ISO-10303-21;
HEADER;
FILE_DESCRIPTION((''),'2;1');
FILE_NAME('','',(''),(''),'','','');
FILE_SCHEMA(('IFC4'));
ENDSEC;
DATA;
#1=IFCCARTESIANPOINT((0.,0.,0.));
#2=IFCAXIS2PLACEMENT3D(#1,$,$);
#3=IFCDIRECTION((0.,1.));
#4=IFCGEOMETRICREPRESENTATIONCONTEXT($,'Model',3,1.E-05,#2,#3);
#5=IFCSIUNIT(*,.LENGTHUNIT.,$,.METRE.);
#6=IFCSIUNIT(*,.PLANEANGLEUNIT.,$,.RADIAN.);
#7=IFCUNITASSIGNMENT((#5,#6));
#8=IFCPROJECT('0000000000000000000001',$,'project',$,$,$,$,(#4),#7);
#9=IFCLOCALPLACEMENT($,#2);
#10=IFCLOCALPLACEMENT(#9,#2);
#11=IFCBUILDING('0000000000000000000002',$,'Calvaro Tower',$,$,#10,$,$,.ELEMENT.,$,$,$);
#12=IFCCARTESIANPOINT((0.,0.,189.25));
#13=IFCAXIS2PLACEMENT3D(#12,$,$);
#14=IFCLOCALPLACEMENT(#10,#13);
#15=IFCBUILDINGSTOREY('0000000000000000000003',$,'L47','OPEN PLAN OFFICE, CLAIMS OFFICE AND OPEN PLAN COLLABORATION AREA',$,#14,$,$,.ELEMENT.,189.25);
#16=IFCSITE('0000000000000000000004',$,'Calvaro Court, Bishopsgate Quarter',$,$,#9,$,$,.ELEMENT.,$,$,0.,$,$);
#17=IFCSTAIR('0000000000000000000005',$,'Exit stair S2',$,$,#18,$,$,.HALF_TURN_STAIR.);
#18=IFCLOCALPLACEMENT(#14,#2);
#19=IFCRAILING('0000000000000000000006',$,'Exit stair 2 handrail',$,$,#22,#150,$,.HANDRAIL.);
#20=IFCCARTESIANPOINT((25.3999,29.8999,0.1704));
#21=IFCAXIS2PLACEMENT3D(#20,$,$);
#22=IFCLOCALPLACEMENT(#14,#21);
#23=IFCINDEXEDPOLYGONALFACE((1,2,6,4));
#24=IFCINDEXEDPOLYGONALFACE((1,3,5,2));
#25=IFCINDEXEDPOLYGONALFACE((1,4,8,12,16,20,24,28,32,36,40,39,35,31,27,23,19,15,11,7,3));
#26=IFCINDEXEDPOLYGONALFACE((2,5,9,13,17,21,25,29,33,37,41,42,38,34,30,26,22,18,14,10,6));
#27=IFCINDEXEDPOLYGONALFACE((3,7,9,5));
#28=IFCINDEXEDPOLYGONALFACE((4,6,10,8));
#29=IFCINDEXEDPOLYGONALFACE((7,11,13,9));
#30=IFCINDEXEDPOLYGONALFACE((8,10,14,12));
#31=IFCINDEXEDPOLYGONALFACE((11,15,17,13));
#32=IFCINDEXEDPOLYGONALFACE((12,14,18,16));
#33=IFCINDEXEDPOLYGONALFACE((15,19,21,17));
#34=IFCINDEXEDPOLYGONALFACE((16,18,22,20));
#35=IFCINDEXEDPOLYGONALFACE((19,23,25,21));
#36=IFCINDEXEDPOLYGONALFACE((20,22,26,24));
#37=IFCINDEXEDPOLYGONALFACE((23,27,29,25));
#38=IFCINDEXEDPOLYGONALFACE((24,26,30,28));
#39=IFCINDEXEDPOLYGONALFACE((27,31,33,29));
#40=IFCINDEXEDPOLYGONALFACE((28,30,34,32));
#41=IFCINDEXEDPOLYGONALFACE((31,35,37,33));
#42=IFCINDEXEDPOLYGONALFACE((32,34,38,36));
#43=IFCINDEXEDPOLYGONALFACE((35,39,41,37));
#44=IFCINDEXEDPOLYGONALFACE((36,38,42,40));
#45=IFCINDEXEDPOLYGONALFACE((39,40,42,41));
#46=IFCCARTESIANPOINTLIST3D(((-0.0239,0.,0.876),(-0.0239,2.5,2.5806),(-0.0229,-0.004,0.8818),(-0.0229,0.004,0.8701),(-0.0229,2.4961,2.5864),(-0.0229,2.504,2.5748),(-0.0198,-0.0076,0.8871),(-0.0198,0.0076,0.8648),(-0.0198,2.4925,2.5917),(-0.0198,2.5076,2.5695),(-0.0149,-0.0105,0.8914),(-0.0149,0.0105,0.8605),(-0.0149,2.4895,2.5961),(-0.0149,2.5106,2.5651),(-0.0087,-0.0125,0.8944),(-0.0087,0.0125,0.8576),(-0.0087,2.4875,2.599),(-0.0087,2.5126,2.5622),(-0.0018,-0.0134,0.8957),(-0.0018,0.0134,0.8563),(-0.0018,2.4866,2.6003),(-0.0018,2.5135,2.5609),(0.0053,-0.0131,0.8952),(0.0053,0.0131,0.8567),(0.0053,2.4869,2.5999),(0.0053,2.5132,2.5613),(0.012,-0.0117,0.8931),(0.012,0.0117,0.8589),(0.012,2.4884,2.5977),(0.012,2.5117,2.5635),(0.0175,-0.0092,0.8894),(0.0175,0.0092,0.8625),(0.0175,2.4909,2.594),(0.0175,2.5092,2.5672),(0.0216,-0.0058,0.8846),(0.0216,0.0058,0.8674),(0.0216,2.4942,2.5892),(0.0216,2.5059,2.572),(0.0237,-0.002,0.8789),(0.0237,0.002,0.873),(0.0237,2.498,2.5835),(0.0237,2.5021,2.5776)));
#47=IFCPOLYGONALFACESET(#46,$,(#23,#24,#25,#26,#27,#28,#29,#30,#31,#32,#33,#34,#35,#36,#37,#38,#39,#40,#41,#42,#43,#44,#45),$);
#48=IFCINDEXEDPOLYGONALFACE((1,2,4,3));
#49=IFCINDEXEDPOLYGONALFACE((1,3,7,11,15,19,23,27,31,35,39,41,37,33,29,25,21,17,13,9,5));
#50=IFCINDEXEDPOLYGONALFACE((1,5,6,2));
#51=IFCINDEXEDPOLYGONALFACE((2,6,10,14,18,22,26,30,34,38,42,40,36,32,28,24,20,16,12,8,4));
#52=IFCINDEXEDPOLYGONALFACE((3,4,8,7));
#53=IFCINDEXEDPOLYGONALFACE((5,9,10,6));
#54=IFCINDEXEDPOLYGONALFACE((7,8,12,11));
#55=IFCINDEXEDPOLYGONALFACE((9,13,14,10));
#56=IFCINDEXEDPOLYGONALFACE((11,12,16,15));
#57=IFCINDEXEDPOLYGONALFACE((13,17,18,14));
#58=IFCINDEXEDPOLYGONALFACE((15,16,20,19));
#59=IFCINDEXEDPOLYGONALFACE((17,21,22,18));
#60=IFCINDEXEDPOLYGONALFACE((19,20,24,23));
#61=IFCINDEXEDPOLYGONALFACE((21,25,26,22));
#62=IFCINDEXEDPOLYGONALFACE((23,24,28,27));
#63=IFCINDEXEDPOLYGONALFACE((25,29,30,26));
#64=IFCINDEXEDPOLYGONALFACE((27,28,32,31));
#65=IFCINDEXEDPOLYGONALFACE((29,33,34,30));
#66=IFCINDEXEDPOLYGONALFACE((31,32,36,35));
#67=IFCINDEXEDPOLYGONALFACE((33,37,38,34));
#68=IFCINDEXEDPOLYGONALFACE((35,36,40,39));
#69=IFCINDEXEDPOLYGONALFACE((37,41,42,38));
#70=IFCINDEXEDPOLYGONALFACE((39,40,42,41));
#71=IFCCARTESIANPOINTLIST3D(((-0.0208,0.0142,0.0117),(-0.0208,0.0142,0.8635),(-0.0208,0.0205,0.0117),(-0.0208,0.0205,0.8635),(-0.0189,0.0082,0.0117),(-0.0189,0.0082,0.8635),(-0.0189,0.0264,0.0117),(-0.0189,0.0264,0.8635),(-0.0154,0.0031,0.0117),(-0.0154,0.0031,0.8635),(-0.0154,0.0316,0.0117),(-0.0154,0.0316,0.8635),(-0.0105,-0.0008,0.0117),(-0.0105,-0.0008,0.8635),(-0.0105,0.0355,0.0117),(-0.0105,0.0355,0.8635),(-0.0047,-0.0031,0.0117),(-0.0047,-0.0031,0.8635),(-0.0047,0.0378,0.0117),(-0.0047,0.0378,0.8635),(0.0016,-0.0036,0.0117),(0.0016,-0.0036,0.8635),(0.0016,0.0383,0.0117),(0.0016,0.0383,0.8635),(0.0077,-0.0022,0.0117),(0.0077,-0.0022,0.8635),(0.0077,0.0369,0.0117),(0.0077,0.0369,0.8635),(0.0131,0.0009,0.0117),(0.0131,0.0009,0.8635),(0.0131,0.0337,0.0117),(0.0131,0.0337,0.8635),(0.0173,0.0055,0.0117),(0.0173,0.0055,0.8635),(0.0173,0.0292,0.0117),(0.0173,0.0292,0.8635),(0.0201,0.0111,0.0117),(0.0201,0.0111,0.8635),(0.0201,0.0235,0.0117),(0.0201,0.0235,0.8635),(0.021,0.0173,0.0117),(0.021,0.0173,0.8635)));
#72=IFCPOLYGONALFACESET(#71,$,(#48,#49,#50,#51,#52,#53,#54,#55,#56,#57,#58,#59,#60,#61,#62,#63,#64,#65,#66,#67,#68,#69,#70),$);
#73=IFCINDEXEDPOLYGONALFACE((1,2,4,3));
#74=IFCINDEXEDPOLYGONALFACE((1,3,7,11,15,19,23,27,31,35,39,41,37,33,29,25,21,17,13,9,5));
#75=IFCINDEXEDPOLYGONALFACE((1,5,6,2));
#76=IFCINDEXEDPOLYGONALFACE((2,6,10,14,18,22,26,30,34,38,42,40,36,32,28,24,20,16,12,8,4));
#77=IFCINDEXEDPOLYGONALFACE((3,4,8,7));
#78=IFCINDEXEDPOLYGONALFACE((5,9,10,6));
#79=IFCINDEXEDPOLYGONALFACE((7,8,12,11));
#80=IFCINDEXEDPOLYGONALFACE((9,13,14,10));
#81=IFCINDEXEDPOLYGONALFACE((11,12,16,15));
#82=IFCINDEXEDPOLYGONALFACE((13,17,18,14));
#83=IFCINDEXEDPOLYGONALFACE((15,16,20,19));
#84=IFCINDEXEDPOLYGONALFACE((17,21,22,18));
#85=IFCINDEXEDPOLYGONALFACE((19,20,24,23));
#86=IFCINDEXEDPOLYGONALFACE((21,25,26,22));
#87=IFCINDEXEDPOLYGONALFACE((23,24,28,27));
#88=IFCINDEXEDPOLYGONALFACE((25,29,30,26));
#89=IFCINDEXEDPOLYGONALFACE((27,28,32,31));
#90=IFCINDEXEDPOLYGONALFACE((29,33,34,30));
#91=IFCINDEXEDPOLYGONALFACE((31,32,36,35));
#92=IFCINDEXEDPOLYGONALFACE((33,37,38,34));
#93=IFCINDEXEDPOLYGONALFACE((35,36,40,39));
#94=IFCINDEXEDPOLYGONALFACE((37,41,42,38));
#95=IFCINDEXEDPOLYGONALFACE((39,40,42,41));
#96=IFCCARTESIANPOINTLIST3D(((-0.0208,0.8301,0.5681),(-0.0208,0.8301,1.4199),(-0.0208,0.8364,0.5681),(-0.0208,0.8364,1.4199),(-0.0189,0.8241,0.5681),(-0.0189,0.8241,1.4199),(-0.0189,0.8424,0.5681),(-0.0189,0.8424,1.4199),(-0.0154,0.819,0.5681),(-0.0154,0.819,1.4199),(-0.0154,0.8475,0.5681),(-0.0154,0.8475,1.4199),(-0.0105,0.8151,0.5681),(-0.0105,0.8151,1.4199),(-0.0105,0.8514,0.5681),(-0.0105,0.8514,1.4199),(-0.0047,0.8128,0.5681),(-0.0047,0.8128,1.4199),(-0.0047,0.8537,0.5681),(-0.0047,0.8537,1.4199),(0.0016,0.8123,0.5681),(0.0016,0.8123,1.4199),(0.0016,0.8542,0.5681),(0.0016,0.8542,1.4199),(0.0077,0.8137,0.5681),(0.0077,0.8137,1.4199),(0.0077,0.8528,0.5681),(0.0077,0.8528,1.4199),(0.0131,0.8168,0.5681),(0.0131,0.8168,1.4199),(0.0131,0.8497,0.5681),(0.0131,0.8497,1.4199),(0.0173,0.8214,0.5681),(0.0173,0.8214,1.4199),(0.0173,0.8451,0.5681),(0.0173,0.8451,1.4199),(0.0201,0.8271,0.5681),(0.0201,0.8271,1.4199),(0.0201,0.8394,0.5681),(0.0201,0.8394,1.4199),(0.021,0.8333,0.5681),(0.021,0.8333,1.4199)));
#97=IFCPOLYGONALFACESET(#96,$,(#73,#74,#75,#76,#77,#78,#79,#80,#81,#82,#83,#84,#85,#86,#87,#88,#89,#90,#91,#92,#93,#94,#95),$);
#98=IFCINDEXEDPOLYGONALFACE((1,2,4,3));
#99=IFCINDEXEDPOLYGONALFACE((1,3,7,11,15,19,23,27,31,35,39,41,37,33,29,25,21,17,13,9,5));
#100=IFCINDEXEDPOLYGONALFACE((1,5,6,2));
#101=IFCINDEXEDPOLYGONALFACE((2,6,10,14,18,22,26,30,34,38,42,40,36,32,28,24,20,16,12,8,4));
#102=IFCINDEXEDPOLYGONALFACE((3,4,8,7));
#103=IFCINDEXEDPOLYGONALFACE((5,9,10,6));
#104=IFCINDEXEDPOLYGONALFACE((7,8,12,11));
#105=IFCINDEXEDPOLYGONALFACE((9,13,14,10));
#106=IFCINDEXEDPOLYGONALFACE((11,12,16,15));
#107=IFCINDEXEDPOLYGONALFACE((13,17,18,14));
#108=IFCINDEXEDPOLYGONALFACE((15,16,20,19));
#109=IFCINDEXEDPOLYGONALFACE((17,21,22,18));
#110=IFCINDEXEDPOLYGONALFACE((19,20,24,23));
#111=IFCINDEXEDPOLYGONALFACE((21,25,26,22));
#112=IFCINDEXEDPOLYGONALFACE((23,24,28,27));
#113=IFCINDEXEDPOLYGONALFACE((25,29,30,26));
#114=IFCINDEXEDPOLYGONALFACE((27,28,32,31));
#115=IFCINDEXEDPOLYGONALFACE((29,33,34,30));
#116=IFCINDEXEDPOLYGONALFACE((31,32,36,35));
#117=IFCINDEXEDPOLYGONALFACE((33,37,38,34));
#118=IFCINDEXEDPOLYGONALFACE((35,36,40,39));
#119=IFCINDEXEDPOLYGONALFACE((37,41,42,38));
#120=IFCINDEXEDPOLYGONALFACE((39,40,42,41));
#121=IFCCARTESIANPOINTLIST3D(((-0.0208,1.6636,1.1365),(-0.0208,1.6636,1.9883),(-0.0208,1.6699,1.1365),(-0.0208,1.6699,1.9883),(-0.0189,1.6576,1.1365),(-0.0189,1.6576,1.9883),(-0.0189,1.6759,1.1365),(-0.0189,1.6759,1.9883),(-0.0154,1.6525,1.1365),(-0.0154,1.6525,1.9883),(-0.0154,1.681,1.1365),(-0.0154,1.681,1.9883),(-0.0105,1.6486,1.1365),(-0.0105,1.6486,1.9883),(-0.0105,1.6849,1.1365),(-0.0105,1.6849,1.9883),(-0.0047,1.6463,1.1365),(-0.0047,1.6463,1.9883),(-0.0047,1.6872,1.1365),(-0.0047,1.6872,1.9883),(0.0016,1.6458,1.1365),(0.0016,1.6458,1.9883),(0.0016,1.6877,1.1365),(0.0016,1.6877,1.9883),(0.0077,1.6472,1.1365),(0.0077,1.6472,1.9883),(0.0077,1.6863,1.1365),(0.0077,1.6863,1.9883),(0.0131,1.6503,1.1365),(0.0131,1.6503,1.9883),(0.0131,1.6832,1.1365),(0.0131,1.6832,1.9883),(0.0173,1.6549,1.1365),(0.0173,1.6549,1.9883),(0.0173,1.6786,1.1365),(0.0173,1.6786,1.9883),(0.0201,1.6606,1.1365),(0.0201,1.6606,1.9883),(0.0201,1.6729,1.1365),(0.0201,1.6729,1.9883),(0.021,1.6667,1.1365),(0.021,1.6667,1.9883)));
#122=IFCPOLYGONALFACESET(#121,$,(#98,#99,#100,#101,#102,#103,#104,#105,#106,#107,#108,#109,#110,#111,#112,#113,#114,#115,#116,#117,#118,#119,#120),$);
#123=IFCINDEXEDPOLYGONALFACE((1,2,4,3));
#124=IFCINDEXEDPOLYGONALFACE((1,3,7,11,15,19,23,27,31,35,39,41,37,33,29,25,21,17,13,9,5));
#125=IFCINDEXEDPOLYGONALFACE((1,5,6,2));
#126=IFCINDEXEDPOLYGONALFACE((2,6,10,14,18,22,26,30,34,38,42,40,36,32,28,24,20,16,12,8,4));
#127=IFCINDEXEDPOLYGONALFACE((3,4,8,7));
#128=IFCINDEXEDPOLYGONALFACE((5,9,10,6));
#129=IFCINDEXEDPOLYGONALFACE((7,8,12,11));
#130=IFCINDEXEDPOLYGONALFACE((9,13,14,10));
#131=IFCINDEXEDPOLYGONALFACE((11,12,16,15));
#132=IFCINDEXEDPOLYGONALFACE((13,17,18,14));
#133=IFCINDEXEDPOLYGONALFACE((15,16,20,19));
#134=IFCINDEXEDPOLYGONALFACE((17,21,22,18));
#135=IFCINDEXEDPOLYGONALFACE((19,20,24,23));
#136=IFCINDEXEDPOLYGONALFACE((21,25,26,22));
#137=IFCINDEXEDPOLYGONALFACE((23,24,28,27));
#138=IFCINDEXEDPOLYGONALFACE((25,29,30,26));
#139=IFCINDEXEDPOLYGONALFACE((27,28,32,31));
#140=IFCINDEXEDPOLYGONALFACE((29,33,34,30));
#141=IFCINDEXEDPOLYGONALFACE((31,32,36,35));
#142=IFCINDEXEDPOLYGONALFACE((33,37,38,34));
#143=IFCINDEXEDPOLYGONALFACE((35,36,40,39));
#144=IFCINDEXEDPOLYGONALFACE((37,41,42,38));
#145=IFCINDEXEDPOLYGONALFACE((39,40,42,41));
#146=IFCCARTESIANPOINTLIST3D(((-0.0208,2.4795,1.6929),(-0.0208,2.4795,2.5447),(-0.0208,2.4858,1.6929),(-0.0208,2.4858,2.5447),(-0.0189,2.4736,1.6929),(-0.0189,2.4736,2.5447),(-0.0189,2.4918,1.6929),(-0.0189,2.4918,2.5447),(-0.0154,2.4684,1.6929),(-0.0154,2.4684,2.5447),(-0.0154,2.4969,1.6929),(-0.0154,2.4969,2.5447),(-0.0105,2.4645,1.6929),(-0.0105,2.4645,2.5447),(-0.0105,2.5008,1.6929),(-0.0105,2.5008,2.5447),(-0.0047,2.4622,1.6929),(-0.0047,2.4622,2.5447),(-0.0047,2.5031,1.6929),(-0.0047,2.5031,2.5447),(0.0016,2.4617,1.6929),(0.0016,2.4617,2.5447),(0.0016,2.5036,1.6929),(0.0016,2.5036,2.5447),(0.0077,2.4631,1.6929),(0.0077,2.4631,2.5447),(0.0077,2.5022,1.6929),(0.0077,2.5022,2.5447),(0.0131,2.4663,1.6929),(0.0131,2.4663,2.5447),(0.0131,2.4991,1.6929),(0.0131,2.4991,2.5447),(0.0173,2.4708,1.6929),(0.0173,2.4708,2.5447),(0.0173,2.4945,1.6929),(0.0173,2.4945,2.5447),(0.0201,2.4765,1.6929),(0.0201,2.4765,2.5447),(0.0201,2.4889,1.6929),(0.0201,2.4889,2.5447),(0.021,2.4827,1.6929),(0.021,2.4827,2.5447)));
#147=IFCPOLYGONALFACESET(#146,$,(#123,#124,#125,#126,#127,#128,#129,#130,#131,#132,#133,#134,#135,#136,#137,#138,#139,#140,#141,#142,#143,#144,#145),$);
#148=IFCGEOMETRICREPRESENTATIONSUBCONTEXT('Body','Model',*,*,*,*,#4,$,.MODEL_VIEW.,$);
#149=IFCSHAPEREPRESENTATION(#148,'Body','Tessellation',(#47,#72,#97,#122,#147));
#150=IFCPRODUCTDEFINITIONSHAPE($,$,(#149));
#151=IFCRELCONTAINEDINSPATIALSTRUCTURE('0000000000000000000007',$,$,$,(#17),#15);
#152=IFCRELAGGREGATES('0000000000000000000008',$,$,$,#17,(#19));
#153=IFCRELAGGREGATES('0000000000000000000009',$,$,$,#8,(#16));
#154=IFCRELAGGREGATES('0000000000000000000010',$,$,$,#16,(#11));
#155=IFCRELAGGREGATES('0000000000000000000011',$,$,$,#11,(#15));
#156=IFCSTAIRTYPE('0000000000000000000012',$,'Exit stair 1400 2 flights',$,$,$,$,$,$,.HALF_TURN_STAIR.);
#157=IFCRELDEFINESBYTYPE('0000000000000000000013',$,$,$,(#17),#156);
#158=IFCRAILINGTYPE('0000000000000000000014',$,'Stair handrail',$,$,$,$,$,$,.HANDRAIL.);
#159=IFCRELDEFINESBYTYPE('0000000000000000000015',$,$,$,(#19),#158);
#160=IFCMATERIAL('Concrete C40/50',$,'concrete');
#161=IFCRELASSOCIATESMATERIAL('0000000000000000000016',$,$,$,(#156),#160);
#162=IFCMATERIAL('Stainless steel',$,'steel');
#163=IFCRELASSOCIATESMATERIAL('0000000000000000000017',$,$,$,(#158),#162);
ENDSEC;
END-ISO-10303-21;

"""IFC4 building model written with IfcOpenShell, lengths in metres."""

from ifc_helpers import new_model, si_unit, direction, frame, origin, origin_2d, place, context, subcontext, project, spatial, circle, extrude, material, type_object, element, aggregate, save


model = new_model("IFC4")

# Units and contexts
model_context = context("Model", 3, precision=1e-05, world=origin(), true_north=direction((0.0, 1.0)))
body_context = subcontext(model_context, "Body", "Model", "MODEL_VIEW")
ifc_project = project(units=[si_unit("LENGTHUNIT", "METRE"), si_unit("PLANEANGLEUNIT", "RADIAN")], contexts=[model_context])

# Site, building, storey
site_placement = place(None, origin())
site = spatial("IfcSite", under=ifc_project, at=site_placement, Name="Calvaro Court, Bishopsgate Quarter", CompositionType="ELEMENT", RefElevation=0.0)
building_placement = place(site_placement, origin())
building = spatial("IfcBuilding", under=site, at=building_placement, Name="Calvaro Tower", CompositionType="ELEMENT")
storey_placement = place(building_placement, frame((0.0, 0.0, 189.25)))
storey = spatial("IfcBuildingStorey", under=building, at=storey_placement, Name="L47", Description="OPEN PLAN OFFICE, CLAIMS OFFICE AND OPEN PLAN COLLABORATION AREA", CompositionType="ELEMENT", Elevation=189.25)

# Stair, railing
ifc_material_1 = material(Name="Concrete C40/50", Category="concrete")
stair_type = type_object("IfcStairType", Name="Exit stair 1400 2 flights", PredefinedType="HALF_TURN_STAIR", material=ifc_material_1)
stair_placement = place(storey_placement, origin())
stair = element("IfcStair", 1, at=stair_placement, inside=storey, type_object=stair_type, Name="Exit stair S2", PredefinedType="HALF_TURN_STAIR")
ifc_material_2 = material(Name="Stainless steel", Category="steel")
railing_type = type_object("IfcRailingType", Name="Stair handrail", PredefinedType="HANDRAIL", material=ifc_material_2)
railing_1_placement = place(storey_placement, frame((25.3999, 29.8999, 0.1704)))
railing_1 = element("IfcRailing", 2, at=railing_1_placement, type_object=railing_type, Name="Exit stair 2 handrail", PredefinedType="HANDRAIL", context=body_context, shape_type="SweptSolid", body=[
    extrude(circle(Radius=0.0239, at=origin_2d()), frame((0.0, 0.0, 0.876), z_axis=(0.0, 0.826221, 0.563347), x_axis=(-1.0, 0.0, 0.0)), (0.0, 0.0, 1.0), 3.0259),
    extrude(circle(Radius=0.021, at=origin_2d()), frame((0.0, 0.0173, 0.0117)), (0.0, 0.0, 1.0), 0.8518),
    extrude(circle(Radius=0.021, at=origin_2d()), frame((0.0, 0.8333, 0.5681)), (0.0, 0.0, 1.0), 0.8518),
    extrude(circle(Radius=0.021, at=origin_2d()), frame((0.0, 1.6667, 1.1365)), (0.0, 0.0, 1.0), 0.8518),
    extrude(circle(Radius=0.021, at=origin_2d()), frame((0.0, 2.4827, 1.6929)), (0.0, 0.0, 1.0), 0.8518),
])
aggregate(stair, [railing_1])

save(model, "model.ifc")
